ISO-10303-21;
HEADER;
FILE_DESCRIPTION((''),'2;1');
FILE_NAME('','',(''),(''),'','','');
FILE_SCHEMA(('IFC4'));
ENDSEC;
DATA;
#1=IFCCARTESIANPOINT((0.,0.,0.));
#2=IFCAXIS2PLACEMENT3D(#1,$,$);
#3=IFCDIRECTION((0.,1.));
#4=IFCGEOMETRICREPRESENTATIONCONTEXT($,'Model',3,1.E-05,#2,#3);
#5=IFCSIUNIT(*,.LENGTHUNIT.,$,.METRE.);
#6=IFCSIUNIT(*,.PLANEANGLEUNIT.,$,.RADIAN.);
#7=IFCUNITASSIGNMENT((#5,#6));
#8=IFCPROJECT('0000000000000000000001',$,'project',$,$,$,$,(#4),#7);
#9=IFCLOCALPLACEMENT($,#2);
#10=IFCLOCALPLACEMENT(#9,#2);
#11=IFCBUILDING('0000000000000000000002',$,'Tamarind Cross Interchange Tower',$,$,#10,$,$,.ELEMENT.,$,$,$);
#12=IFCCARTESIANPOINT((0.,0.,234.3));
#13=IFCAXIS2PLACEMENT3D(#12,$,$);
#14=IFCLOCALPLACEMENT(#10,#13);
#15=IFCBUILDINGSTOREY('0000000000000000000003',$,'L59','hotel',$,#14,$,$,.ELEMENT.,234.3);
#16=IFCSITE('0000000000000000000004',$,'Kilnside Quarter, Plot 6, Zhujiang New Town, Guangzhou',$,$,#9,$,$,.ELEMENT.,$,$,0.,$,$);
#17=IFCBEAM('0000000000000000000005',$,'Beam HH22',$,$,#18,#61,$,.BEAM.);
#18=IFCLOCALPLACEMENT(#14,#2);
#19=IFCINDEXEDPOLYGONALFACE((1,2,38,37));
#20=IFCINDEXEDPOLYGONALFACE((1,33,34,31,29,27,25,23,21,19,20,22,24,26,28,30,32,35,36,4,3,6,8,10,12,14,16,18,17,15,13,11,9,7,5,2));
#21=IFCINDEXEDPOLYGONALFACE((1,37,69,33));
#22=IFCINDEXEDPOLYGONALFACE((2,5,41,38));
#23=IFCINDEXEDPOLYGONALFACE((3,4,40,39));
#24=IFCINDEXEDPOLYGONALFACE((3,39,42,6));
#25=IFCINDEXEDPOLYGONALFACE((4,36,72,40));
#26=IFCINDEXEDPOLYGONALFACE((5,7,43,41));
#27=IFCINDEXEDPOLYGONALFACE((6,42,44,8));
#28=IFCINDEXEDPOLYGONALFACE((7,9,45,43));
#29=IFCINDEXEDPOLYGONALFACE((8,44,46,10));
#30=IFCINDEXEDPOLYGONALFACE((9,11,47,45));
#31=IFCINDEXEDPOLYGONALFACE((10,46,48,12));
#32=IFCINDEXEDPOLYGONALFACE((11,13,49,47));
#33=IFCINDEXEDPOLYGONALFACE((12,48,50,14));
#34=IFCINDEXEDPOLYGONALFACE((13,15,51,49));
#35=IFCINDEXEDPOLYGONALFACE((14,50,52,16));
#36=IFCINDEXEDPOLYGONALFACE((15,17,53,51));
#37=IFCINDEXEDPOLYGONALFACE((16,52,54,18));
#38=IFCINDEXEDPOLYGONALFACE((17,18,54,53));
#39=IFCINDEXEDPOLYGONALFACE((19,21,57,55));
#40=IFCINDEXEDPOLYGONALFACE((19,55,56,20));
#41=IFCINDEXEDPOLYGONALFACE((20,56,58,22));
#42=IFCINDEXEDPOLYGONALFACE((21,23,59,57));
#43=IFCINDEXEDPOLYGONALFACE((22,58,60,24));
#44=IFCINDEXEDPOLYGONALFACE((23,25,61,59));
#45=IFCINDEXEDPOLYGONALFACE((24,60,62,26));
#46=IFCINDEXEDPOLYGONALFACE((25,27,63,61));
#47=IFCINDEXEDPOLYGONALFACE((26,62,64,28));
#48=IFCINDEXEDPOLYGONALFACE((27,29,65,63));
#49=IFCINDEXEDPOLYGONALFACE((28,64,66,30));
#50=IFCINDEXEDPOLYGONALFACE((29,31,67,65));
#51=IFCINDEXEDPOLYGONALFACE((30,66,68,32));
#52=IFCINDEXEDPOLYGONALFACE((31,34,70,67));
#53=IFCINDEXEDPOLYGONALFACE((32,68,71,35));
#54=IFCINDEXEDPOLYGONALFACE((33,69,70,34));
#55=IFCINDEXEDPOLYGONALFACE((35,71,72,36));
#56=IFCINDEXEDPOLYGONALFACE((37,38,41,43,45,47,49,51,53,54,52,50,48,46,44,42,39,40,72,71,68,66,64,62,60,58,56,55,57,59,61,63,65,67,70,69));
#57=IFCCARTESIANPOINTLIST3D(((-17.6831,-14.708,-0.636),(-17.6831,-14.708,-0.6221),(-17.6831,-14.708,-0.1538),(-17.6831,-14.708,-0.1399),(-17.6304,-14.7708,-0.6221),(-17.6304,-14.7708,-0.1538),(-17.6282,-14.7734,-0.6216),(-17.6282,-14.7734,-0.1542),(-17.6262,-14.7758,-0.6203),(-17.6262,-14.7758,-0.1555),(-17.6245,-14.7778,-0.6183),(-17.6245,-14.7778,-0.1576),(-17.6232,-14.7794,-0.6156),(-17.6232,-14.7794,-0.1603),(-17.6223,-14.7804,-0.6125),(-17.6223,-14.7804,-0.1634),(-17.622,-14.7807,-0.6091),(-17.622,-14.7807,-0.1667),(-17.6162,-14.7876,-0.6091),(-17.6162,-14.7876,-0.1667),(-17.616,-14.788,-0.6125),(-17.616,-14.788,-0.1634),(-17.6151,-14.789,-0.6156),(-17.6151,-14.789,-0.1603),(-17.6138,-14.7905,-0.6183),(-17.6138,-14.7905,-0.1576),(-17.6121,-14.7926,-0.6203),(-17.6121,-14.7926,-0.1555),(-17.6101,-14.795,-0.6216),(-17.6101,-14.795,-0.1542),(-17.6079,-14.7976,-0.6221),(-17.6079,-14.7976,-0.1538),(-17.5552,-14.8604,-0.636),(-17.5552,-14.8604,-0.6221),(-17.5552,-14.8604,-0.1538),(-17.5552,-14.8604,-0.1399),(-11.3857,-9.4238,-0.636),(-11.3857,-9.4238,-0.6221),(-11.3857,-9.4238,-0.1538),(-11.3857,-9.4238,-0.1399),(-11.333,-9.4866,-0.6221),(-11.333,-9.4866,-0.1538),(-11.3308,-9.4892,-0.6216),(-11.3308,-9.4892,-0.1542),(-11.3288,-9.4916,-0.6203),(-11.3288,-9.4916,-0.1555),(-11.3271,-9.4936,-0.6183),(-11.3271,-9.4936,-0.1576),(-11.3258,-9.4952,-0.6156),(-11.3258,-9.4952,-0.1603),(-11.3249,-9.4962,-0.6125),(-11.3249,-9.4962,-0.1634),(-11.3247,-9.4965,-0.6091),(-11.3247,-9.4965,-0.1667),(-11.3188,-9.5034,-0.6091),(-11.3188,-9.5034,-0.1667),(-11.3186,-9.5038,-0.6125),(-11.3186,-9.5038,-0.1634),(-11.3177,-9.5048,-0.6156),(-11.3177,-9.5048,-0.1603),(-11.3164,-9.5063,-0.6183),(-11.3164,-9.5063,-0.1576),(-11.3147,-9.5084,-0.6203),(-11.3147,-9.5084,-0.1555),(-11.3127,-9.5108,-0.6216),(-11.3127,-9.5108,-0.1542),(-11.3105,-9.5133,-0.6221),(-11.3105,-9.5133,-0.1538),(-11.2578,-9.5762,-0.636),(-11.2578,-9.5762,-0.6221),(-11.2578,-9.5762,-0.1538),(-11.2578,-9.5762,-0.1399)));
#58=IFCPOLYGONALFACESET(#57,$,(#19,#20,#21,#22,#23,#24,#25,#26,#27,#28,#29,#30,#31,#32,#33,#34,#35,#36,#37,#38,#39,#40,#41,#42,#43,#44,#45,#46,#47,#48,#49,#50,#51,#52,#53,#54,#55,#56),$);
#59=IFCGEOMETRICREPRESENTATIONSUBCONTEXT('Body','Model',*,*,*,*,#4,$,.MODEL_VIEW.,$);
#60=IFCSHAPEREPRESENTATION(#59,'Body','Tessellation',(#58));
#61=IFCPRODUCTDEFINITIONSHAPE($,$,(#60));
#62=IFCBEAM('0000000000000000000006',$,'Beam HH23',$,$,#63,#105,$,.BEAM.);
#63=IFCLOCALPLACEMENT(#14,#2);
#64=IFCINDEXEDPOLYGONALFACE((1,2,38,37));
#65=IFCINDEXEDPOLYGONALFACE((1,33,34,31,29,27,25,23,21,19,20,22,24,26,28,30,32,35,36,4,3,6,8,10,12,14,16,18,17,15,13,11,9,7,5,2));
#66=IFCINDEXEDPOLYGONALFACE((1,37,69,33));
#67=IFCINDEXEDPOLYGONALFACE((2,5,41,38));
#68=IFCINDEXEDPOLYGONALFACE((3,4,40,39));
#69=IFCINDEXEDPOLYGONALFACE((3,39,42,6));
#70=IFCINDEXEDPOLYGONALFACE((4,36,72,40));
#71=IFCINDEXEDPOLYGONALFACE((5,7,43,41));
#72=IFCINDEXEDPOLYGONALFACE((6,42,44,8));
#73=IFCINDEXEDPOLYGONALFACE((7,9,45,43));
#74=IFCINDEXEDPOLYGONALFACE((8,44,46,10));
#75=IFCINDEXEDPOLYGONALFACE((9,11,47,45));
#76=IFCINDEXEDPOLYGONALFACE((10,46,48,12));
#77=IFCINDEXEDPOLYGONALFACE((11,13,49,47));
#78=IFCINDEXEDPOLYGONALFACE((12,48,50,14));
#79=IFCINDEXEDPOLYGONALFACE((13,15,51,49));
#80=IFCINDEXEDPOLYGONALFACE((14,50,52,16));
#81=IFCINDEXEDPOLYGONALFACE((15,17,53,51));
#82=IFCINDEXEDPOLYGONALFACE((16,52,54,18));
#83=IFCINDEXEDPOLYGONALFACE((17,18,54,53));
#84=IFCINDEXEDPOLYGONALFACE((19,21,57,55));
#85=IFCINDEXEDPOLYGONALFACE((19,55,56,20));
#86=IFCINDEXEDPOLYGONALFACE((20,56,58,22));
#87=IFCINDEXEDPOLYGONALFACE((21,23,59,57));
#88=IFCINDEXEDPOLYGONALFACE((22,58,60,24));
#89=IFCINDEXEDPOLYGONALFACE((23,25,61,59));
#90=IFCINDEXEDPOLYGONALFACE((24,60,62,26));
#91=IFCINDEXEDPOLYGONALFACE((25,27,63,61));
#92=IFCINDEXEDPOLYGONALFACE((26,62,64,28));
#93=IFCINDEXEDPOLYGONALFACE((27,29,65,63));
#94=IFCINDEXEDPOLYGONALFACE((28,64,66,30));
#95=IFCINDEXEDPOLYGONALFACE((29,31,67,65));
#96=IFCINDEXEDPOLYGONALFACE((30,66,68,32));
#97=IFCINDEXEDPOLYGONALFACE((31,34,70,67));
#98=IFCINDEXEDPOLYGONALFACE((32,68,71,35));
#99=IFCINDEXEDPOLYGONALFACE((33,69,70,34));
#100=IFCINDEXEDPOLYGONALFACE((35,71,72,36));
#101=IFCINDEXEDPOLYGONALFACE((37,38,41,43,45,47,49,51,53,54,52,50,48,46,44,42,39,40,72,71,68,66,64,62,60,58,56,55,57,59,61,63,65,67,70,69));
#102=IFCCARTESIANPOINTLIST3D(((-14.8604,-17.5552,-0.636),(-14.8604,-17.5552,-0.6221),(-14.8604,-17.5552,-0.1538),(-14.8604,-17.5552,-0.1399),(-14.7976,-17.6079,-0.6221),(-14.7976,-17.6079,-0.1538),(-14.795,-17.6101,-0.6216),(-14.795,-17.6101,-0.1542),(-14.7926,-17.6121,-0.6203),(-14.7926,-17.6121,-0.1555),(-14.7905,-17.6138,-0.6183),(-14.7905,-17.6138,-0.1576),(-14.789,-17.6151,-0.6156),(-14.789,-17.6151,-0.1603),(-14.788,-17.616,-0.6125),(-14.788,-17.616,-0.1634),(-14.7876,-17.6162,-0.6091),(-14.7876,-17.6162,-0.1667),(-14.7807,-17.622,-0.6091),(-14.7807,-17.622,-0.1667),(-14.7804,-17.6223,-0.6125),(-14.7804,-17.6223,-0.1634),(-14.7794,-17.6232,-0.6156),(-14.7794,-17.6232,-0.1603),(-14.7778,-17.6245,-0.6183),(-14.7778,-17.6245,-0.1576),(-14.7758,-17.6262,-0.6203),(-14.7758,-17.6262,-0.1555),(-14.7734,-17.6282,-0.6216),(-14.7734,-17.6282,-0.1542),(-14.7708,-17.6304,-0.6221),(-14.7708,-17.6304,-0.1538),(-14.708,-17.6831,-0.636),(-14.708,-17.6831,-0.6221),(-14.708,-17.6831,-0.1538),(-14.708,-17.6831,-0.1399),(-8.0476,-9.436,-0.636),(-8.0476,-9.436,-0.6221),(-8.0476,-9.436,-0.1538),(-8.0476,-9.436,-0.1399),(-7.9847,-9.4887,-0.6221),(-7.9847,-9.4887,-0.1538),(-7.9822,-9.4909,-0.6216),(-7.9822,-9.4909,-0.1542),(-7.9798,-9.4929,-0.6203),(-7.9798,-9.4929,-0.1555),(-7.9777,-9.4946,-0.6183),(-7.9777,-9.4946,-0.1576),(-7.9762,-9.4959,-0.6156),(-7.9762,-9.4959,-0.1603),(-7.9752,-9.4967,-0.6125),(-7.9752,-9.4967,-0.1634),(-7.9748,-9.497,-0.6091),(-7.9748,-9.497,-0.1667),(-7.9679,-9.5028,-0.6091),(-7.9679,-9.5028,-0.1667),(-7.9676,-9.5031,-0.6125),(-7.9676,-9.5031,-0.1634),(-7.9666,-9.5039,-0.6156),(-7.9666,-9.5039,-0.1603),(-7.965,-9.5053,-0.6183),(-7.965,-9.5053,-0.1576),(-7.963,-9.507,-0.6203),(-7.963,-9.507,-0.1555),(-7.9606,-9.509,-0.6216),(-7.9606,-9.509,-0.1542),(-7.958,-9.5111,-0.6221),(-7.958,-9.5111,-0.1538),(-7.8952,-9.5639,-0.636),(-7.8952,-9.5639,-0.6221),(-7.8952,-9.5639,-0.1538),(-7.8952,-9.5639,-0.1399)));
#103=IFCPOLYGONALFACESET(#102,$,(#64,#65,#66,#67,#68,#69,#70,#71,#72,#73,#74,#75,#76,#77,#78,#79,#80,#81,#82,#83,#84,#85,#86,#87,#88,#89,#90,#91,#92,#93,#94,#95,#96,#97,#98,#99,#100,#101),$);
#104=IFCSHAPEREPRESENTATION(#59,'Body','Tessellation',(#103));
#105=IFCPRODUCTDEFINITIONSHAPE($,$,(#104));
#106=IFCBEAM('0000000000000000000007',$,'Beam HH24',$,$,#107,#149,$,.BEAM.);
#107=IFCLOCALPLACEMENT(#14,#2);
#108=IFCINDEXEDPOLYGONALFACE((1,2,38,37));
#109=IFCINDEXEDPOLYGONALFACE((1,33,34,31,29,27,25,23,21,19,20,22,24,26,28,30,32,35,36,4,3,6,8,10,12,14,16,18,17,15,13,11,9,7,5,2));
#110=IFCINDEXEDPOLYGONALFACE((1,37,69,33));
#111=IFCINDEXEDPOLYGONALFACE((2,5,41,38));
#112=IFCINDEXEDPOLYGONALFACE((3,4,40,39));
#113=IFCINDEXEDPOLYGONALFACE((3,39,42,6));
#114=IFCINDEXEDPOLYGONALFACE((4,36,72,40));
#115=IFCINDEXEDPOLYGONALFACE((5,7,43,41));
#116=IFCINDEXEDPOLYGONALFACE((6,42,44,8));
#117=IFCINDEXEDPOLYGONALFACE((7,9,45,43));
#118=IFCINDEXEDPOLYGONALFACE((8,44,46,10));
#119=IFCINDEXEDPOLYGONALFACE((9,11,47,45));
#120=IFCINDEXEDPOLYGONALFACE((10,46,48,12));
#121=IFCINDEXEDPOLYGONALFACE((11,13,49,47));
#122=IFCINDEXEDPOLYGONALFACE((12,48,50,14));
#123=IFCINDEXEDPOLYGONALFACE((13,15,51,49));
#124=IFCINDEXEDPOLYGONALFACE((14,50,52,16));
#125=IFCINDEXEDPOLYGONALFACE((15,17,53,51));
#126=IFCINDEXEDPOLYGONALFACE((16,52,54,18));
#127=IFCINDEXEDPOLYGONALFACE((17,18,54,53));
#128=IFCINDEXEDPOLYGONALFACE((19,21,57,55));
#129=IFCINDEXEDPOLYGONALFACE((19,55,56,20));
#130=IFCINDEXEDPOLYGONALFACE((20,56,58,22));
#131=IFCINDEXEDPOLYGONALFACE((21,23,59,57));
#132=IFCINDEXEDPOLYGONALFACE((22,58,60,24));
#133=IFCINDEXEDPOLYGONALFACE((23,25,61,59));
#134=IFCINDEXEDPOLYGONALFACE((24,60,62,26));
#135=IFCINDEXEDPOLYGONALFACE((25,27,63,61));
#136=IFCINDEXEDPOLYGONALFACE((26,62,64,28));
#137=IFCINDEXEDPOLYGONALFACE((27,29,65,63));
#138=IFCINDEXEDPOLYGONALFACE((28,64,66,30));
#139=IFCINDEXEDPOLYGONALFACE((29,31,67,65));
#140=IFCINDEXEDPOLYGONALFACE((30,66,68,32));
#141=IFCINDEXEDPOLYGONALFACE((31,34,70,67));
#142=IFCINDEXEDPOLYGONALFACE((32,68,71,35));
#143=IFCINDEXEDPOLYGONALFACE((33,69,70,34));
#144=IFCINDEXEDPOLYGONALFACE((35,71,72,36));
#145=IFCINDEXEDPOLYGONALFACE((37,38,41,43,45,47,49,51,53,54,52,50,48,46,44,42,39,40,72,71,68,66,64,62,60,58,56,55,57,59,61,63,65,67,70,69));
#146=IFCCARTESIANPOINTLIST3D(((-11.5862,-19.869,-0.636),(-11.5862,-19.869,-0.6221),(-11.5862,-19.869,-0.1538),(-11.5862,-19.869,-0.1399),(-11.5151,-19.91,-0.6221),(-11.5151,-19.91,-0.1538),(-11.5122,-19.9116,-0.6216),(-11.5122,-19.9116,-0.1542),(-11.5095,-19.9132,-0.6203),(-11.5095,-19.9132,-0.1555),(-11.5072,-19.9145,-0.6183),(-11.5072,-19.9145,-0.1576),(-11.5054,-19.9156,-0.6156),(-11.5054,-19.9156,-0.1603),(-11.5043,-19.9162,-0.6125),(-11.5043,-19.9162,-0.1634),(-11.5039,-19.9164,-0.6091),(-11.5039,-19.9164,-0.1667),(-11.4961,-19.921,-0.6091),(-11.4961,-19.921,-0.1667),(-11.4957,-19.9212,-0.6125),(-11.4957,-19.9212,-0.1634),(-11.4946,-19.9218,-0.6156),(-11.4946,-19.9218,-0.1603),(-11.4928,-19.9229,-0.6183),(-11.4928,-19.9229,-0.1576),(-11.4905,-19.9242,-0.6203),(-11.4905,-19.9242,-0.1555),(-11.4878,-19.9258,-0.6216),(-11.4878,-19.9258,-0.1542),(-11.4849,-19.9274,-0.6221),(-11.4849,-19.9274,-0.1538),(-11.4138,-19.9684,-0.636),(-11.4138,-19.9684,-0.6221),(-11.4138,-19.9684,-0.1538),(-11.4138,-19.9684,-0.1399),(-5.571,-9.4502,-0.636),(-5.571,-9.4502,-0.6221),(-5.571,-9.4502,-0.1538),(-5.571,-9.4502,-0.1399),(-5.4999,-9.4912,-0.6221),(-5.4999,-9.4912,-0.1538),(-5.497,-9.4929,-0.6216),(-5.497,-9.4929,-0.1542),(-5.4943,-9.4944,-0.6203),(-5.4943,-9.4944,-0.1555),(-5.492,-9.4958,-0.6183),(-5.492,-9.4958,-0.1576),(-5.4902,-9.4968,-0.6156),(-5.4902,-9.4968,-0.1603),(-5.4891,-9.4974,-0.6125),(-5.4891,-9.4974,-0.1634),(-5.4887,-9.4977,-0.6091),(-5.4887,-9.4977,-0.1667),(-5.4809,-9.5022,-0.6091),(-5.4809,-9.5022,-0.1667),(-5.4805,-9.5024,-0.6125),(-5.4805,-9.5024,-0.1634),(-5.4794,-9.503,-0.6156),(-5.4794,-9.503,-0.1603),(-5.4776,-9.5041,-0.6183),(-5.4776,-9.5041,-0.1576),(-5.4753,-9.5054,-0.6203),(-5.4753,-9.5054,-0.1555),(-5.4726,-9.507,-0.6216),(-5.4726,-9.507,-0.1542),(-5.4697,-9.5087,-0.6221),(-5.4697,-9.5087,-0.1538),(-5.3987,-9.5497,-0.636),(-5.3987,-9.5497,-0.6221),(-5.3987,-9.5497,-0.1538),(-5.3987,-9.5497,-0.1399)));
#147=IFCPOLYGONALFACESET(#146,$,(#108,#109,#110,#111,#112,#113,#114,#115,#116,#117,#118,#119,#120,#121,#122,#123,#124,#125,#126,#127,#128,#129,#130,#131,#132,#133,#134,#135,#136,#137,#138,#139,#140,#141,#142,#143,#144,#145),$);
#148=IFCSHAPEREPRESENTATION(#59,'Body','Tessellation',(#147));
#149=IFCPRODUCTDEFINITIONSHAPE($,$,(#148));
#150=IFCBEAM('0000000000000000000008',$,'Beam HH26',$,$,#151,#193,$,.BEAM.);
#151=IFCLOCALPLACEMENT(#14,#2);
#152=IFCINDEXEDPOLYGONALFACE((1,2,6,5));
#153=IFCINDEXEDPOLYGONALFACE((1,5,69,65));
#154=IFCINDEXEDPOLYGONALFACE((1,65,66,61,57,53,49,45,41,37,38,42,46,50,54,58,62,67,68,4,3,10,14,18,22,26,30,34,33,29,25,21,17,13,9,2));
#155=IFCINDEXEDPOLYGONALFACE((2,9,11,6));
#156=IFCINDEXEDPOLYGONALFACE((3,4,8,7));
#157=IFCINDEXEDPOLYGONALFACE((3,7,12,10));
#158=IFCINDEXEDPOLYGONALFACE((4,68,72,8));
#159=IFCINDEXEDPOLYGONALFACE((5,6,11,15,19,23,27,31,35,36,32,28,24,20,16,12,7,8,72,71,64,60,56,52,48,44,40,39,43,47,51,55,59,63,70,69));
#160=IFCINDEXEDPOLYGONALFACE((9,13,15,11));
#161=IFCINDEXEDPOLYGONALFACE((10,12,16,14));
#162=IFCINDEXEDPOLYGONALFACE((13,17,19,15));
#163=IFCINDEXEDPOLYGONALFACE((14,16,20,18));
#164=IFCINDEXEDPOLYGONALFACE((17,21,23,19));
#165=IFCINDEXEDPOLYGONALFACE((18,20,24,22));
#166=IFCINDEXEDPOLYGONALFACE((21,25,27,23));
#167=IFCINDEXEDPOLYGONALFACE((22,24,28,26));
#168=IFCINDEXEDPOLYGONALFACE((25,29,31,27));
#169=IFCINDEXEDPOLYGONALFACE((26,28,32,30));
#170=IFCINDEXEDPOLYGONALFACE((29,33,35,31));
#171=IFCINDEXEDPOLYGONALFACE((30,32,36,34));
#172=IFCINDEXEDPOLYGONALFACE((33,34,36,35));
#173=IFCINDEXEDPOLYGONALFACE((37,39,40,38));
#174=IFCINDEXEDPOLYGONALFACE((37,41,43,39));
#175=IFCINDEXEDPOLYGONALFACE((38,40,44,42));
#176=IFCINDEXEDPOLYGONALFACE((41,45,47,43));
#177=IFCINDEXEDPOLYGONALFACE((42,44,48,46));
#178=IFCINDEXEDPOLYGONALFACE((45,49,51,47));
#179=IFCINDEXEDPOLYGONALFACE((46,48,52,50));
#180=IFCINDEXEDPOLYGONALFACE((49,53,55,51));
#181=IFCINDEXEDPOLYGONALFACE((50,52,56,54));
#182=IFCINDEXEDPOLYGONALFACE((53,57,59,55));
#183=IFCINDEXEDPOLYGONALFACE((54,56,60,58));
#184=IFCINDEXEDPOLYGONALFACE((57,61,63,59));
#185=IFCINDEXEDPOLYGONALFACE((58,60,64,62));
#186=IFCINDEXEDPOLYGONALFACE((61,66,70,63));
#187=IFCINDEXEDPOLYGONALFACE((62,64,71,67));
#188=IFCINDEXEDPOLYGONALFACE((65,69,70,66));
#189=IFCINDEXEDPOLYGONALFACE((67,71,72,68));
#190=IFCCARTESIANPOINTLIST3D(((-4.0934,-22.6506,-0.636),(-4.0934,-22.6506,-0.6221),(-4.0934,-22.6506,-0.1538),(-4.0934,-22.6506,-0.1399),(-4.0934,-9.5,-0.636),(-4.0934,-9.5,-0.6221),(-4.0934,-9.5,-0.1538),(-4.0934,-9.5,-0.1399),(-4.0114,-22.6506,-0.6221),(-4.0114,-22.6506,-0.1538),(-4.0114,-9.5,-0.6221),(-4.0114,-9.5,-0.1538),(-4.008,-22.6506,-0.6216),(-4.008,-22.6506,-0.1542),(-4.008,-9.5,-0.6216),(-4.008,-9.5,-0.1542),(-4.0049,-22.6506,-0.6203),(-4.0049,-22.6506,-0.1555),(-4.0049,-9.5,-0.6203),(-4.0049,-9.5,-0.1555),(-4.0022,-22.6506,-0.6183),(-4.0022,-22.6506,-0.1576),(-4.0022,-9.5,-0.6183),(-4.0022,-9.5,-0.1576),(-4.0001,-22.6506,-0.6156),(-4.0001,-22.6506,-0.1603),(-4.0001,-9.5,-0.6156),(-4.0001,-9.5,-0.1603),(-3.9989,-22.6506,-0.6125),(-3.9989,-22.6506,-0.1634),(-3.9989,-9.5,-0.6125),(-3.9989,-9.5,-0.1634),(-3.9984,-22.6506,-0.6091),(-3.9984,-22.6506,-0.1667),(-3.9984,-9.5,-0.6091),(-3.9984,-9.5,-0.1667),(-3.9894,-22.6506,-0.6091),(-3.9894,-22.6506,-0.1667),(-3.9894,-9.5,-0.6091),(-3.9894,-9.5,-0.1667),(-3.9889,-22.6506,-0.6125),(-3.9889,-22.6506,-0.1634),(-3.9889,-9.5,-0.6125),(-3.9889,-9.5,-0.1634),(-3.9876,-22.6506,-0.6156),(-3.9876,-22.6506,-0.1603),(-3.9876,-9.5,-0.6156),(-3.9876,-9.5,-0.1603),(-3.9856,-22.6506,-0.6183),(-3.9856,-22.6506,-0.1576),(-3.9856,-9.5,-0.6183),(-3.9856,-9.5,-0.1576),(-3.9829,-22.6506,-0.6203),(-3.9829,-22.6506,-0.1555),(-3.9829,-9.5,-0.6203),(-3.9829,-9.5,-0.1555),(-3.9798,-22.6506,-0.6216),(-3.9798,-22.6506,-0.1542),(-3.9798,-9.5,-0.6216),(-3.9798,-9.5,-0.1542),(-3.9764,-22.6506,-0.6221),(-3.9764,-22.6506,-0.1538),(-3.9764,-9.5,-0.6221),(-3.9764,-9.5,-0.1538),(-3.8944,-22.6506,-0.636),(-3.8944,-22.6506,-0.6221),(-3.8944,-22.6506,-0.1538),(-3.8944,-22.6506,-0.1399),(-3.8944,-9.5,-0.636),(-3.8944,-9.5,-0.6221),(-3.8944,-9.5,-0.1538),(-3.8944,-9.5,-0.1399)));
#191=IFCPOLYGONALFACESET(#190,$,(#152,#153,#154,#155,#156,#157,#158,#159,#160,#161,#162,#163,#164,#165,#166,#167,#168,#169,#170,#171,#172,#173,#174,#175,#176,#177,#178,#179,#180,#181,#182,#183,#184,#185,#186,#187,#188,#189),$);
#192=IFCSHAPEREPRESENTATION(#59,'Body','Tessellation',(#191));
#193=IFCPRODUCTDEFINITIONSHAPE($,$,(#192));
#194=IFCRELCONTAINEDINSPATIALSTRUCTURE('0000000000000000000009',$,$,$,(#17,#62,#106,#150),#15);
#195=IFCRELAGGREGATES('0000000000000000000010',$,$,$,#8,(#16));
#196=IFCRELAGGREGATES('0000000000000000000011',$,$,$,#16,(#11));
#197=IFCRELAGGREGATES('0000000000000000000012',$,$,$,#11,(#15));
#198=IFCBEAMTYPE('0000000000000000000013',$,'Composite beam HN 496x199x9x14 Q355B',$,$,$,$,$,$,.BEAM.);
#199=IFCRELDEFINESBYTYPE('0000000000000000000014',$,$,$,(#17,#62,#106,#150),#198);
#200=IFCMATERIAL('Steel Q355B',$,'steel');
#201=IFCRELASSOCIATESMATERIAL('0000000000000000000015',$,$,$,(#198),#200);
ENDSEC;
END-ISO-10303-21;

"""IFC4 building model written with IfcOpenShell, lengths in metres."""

from ifc_helpers import new_model, si_unit, direction, frame, origin, origin_2d, place, context, subcontext, project, spatial, i_section, extrude, material, material_profile, profile_set, type_object, element, save


model = new_model("IFC4")

# Units and contexts
model_context = context("Model", 3, precision=1e-05, world=origin(), true_north=direction((0.0, 1.0)))
body_context = subcontext(model_context, "Body", "Model", "MODEL_VIEW")
ifc_project = project(units=[si_unit("LENGTHUNIT", "METRE"), si_unit("PLANEANGLEUNIT", "RADIAN")], contexts=[model_context])

# Site, building, storey
site_placement = place(None, origin())
site = spatial("IfcSite", under=ifc_project, at=site_placement, Name="Kilnside Quarter, Plot 6, Zhujiang New Town, Guangzhou", CompositionType="ELEMENT", RefElevation=0.0)
building_placement = place(site_placement, origin())
building = spatial("IfcBuilding", under=site, at=building_placement, Name="Tamarind Cross Interchange Tower", CompositionType="ELEMENT")
storey_placement = place(building_placement, frame((0.0, 0.0, 234.3)))
storey = spatial("IfcBuildingStorey", under=building, at=storey_placement, Name="L59", Description="hotel", CompositionType="ELEMENT", Elevation=234.3)

# Beams
ifc_material_1 = material(Name="Steel Q355B", Category="steel")
ifc_material_profile_1 = material_profile(ifc_material_1, i_section(OverallWidth=0.199, OverallDepth=0.4961, WebThickness=0.009, FlangeThickness=0.0139, FilletRadius=0.0129, at=origin_2d()), Name="HN 496x199x9x14")
ifc_profile_set_1 = profile_set([ifc_material_profile_1], Name="Steel Q355B")
beam_type = type_object("IfcBeamType", Name="Composite beam HN 496x199x9x14 Q355B", PredefinedType="BEAM", material=ifc_profile_set_1)
beam_1_placement = place(storey_placement, frame((-17.6191, -14.7842, -0.3879), z_axis=(0.766041, 0.642792, 0.0), x_axis=(-0.642792, 0.766041, 0.0)))
element("IfcBeam", 1, at=beam_1_placement, inside=storey, type_object=beam_type, Name="Beam HH22", PredefinedType="BEAM", context=body_context, shape_type="SweptSolid", body=[
    extrude(i_section(OverallWidth=0.199, OverallDepth=0.4961, WebThickness=0.009, FlangeThickness=0.0139, FilletRadius=0.0129, at=origin_2d()), origin(), (0.0, 0.0, 1.0), 8.2207),
])
beam_2_placement = place(storey_placement, frame((-14.7842, -17.6191, -0.3879), z_axis=(0.642786, 0.766046, 0.0), x_axis=(-0.766046, 0.642786, 0.0)))
element("IfcBeam", 2, at=beam_2_placement, inside=storey, type_object=beam_type, Name="Beam HH23", PredefinedType="BEAM", context=body_context, shape_type="SweptSolid", body=[
    extrude(i_section(OverallWidth=0.199, OverallDepth=0.4961, WebThickness=0.009, FlangeThickness=0.0139, FilletRadius=0.0129, at=origin_2d()), origin(), (0.0, 0.0, 1.0), 10.5989),
])
beam_3_placement = place(storey_placement, frame((-11.5, -19.9187, -0.3879), z_axis=(0.499994, 0.866029, 0.0), x_axis=(-0.866029, 0.499994, 0.0)))
element("IfcBeam", 3, at=beam_3_placement, inside=storey, type_object=beam_type, Name="Beam HH24", PredefinedType="BEAM", context=body_context, shape_type="SweptSolid", body=[
    extrude(i_section(OverallWidth=0.199, OverallDepth=0.4961, WebThickness=0.009, FlangeThickness=0.0139, FilletRadius=0.0129, at=origin_2d()), origin(), (0.0, 0.0, 1.0), 12.0305),
])
beam_4_placement = place(storey_placement, frame((-3.9939, -22.6506, -0.3879), z_axis=(0.0, 1.0, 0.0), x_axis=(-1.0, 0.0, 0.0)))
element("IfcBeam", 4, at=beam_4_placement, inside=storey, type_object=beam_type, Name="Beam HH26", PredefinedType="BEAM", context=body_context, shape_type="SweptSolid", body=[
    extrude(i_section(OverallWidth=0.199, OverallDepth=0.4961, WebThickness=0.009, FlangeThickness=0.0139, FilletRadius=0.0129, at=origin_2d()), origin(), (0.0, 0.0, 1.0), 13.1506),
])

save(model, "model.ifc")
